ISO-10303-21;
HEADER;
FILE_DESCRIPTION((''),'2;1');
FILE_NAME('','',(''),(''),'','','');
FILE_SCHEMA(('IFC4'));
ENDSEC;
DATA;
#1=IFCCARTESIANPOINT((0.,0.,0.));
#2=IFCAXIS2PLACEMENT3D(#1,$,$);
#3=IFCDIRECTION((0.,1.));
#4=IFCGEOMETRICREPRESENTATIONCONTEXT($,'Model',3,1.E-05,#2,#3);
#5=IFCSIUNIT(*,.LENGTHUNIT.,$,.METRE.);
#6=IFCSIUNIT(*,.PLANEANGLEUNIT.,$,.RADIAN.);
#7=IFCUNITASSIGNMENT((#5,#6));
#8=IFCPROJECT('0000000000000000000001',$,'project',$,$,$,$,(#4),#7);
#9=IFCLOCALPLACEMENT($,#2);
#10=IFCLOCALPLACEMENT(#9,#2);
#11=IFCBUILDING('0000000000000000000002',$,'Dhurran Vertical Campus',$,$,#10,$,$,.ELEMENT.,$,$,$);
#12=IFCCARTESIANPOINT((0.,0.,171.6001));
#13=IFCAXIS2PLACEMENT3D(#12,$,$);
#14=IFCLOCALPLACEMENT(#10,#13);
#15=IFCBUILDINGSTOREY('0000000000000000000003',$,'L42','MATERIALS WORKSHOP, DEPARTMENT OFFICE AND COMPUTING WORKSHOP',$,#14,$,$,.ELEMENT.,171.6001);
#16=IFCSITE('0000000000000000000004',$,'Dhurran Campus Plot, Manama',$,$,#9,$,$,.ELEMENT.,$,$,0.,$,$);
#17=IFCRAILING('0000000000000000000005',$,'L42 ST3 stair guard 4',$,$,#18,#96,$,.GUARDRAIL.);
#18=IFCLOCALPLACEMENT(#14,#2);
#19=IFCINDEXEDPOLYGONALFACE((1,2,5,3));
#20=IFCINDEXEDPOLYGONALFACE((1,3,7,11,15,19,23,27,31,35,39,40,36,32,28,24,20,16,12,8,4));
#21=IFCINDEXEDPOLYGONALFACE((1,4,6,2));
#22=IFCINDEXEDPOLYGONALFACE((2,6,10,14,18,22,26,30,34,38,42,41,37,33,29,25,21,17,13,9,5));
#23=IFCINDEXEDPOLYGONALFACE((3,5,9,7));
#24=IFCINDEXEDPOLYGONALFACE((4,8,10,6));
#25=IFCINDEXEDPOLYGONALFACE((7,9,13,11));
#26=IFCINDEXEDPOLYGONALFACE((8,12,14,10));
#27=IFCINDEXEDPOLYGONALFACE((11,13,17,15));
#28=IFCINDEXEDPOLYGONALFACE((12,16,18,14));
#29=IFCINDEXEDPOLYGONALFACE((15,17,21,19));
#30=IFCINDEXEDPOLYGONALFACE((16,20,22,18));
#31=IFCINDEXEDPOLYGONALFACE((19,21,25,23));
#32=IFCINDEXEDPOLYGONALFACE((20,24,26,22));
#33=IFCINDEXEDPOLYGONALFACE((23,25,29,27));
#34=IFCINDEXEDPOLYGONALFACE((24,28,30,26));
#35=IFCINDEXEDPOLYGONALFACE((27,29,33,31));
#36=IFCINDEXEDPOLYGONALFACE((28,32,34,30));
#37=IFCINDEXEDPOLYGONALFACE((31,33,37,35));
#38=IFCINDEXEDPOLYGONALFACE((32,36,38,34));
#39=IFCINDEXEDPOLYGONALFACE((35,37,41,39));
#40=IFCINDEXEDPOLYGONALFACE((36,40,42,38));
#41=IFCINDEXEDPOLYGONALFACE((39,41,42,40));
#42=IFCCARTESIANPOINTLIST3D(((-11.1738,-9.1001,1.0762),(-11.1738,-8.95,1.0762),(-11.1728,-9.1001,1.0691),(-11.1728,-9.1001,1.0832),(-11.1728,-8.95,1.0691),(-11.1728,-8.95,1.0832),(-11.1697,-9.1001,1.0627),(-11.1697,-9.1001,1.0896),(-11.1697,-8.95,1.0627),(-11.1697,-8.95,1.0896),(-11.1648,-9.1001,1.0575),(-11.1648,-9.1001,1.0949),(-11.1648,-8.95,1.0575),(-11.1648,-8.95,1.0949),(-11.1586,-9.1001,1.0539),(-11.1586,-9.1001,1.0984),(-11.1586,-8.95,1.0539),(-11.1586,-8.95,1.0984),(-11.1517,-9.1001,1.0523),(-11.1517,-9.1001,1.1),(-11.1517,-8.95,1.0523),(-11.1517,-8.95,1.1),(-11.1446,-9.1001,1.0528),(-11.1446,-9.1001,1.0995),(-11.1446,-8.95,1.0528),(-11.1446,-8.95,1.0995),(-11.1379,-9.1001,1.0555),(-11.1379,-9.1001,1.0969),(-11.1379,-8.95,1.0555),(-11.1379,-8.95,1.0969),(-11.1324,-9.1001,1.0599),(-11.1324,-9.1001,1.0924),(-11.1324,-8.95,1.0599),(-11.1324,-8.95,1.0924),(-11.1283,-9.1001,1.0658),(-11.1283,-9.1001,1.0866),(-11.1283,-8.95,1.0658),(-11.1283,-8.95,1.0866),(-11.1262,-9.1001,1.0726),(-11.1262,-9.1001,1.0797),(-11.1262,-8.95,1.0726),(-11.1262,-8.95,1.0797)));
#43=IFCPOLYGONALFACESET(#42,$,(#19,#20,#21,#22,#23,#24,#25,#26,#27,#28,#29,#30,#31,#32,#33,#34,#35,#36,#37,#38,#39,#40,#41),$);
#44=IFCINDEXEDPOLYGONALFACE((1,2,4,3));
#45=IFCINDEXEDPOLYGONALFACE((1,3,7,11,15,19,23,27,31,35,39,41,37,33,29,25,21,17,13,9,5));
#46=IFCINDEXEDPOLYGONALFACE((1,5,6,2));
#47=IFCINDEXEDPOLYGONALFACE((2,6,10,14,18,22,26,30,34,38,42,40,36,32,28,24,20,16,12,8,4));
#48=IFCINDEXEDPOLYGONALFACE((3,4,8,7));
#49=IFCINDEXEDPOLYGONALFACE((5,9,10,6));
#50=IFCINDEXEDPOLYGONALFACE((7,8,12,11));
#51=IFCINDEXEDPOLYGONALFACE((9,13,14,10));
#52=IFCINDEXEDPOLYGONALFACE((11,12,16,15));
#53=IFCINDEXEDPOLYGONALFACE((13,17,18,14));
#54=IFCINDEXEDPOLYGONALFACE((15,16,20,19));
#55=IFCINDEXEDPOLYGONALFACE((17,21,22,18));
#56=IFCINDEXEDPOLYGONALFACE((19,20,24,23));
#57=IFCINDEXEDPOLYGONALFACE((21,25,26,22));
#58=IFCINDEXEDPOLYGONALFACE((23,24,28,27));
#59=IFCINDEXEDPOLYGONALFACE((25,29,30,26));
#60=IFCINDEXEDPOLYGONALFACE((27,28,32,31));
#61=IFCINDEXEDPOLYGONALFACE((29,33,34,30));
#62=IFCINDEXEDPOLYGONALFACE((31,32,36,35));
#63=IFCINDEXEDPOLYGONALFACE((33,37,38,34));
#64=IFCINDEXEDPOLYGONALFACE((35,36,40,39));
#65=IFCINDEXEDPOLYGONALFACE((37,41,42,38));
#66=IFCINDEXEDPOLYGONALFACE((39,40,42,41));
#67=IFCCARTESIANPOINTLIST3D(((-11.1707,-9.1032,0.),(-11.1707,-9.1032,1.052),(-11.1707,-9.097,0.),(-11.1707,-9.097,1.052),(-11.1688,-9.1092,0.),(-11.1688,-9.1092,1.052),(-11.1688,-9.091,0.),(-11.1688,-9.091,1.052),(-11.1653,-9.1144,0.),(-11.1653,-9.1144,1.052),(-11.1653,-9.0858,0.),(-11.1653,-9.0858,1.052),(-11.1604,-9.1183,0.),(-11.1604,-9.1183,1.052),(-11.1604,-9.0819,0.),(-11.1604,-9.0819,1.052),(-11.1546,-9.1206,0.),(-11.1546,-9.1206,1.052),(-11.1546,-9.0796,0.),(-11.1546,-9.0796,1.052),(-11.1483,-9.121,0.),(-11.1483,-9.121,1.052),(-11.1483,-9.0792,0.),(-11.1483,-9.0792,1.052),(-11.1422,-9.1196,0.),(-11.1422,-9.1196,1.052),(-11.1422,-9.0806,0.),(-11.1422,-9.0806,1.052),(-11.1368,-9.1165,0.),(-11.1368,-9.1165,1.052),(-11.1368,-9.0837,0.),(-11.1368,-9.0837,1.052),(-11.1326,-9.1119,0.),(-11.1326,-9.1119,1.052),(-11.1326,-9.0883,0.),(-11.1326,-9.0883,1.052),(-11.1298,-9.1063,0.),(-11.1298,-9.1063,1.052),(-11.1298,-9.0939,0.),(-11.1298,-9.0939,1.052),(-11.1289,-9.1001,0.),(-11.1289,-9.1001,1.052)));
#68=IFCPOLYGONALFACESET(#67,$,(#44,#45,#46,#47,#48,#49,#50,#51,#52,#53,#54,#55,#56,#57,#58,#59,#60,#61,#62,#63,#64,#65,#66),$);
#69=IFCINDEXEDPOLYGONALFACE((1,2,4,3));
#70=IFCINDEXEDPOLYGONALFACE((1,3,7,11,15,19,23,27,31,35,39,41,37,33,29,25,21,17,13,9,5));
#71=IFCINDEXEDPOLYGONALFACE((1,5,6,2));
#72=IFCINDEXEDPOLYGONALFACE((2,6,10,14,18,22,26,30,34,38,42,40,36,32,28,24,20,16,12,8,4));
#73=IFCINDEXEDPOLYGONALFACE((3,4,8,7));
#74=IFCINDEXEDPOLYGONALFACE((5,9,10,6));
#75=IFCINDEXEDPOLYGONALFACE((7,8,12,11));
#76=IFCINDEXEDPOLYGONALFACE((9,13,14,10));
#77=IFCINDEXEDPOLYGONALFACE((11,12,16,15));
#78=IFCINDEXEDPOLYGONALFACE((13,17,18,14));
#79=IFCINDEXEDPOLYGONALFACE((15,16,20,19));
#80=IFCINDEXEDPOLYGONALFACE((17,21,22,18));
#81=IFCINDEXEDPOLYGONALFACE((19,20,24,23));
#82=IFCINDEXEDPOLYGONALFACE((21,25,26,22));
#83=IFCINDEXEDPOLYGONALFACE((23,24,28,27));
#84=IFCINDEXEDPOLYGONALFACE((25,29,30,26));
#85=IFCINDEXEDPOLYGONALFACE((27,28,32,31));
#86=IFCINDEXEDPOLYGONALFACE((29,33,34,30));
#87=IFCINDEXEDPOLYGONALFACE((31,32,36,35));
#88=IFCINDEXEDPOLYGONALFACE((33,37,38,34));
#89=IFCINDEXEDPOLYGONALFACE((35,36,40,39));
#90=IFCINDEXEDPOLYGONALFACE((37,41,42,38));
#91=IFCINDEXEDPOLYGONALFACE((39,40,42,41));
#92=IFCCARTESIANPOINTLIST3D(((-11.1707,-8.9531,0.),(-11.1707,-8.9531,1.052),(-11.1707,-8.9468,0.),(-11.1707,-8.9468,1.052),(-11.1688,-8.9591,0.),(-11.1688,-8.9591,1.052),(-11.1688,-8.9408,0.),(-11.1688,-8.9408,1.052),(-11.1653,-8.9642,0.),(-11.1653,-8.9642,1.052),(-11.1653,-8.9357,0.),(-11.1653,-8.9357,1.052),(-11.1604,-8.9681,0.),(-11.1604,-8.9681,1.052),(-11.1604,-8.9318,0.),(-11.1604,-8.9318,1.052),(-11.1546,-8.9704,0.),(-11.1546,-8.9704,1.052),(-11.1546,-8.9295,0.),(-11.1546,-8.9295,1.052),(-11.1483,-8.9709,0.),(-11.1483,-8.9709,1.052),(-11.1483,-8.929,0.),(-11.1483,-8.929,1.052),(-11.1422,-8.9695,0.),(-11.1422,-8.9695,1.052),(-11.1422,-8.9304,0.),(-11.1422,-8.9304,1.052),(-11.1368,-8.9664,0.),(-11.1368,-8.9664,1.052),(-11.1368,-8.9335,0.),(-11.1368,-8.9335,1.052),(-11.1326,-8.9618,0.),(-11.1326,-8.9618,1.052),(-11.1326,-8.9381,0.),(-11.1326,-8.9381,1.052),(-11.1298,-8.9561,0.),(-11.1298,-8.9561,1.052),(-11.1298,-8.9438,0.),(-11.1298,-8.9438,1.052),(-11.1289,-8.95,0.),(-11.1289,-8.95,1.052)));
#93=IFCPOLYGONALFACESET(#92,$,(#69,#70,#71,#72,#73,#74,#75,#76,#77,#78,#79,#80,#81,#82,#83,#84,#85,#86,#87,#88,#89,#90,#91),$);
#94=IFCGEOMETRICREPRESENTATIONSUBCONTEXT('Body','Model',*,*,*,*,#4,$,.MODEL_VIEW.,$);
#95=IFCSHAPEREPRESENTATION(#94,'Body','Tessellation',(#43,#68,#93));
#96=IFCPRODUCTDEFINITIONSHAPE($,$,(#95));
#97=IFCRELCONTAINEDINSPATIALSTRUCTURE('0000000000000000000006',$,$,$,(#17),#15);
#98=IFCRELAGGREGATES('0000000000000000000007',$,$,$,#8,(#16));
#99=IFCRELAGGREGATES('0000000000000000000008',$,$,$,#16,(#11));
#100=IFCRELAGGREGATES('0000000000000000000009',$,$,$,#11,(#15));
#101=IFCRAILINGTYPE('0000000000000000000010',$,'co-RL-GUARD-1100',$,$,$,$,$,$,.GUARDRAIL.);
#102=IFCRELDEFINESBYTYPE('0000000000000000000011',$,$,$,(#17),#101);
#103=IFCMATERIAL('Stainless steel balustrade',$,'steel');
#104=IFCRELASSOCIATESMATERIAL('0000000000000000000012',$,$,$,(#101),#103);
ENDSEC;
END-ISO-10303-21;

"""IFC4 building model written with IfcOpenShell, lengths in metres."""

from ifc_helpers import new_model, si_unit, direction, frame, origin, origin_2d, place, context, subcontext, project, spatial, circle, extrude, material, type_object, element, save


model = new_model("IFC4")

# Units and contexts
model_context = context("Model", 3, precision=1e-05, world=origin(), true_north=direction((0.0, 1.0)))
body_context = subcontext(model_context, "Body", "Model", "MODEL_VIEW")
ifc_project = project(units=[si_unit("LENGTHUNIT", "METRE"), si_unit("PLANEANGLEUNIT", "RADIAN")], contexts=[model_context])

# Site, building, storey
site_placement = place(None, origin())
site = spatial("IfcSite", under=ifc_project, at=site_placement, Name="Dhurran Campus Plot, Manama", CompositionType="ELEMENT", RefElevation=0.0)
building_placement = place(site_placement, origin())
building = spatial("IfcBuilding", under=site, at=building_placement, Name="Dhurran Vertical Campus", CompositionType="ELEMENT")
storey_placement = place(building_placement, frame((0.0, 0.0, 171.6001)))
storey = spatial("IfcBuildingStorey", under=building, at=storey_placement, Name="L42", Description="MATERIALS WORKSHOP, DEPARTMENT OFFICE AND COMPUTING WORKSHOP", CompositionType="ELEMENT", Elevation=171.6001)

# Railing
ifc_material_1 = material(Name="Stainless steel balustrade", Category="steel")
railing_type = type_object("IfcRailingType", Name="co-RL-GUARD-1100", PredefinedType="GUARDRAIL", material=ifc_material_1)
railing_placement = place(storey_placement, frame((-11.1499, -9.1001, 0.0)))
element("IfcRailing", 1, at=railing_placement, inside=storey, type_object=railing_type, Name="L42 ST3 stair guard 4", PredefinedType="GUARDRAIL", context=body_context, shape_type="SweptSolid", body=[
    extrude(circle(Radius=0.0239, at=origin_2d()), frame((0.0, 0.0, 1.0762), z_axis=(0.0, 1.0, 0.0), x_axis=(-1.0, 0.0, 0.0)), (0.0, 0.0, 1.0), 0.1501),
    extrude(circle(Radius=0.021, at=origin_2d()), origin(), (0.0, 0.0, 1.0), 1.052),
    extrude(circle(Radius=0.021, at=origin_2d()), frame((0.0, 0.1501, 0.0)), (0.0, 0.0, 1.0), 1.052),
])

save(model, "model.ifc")
